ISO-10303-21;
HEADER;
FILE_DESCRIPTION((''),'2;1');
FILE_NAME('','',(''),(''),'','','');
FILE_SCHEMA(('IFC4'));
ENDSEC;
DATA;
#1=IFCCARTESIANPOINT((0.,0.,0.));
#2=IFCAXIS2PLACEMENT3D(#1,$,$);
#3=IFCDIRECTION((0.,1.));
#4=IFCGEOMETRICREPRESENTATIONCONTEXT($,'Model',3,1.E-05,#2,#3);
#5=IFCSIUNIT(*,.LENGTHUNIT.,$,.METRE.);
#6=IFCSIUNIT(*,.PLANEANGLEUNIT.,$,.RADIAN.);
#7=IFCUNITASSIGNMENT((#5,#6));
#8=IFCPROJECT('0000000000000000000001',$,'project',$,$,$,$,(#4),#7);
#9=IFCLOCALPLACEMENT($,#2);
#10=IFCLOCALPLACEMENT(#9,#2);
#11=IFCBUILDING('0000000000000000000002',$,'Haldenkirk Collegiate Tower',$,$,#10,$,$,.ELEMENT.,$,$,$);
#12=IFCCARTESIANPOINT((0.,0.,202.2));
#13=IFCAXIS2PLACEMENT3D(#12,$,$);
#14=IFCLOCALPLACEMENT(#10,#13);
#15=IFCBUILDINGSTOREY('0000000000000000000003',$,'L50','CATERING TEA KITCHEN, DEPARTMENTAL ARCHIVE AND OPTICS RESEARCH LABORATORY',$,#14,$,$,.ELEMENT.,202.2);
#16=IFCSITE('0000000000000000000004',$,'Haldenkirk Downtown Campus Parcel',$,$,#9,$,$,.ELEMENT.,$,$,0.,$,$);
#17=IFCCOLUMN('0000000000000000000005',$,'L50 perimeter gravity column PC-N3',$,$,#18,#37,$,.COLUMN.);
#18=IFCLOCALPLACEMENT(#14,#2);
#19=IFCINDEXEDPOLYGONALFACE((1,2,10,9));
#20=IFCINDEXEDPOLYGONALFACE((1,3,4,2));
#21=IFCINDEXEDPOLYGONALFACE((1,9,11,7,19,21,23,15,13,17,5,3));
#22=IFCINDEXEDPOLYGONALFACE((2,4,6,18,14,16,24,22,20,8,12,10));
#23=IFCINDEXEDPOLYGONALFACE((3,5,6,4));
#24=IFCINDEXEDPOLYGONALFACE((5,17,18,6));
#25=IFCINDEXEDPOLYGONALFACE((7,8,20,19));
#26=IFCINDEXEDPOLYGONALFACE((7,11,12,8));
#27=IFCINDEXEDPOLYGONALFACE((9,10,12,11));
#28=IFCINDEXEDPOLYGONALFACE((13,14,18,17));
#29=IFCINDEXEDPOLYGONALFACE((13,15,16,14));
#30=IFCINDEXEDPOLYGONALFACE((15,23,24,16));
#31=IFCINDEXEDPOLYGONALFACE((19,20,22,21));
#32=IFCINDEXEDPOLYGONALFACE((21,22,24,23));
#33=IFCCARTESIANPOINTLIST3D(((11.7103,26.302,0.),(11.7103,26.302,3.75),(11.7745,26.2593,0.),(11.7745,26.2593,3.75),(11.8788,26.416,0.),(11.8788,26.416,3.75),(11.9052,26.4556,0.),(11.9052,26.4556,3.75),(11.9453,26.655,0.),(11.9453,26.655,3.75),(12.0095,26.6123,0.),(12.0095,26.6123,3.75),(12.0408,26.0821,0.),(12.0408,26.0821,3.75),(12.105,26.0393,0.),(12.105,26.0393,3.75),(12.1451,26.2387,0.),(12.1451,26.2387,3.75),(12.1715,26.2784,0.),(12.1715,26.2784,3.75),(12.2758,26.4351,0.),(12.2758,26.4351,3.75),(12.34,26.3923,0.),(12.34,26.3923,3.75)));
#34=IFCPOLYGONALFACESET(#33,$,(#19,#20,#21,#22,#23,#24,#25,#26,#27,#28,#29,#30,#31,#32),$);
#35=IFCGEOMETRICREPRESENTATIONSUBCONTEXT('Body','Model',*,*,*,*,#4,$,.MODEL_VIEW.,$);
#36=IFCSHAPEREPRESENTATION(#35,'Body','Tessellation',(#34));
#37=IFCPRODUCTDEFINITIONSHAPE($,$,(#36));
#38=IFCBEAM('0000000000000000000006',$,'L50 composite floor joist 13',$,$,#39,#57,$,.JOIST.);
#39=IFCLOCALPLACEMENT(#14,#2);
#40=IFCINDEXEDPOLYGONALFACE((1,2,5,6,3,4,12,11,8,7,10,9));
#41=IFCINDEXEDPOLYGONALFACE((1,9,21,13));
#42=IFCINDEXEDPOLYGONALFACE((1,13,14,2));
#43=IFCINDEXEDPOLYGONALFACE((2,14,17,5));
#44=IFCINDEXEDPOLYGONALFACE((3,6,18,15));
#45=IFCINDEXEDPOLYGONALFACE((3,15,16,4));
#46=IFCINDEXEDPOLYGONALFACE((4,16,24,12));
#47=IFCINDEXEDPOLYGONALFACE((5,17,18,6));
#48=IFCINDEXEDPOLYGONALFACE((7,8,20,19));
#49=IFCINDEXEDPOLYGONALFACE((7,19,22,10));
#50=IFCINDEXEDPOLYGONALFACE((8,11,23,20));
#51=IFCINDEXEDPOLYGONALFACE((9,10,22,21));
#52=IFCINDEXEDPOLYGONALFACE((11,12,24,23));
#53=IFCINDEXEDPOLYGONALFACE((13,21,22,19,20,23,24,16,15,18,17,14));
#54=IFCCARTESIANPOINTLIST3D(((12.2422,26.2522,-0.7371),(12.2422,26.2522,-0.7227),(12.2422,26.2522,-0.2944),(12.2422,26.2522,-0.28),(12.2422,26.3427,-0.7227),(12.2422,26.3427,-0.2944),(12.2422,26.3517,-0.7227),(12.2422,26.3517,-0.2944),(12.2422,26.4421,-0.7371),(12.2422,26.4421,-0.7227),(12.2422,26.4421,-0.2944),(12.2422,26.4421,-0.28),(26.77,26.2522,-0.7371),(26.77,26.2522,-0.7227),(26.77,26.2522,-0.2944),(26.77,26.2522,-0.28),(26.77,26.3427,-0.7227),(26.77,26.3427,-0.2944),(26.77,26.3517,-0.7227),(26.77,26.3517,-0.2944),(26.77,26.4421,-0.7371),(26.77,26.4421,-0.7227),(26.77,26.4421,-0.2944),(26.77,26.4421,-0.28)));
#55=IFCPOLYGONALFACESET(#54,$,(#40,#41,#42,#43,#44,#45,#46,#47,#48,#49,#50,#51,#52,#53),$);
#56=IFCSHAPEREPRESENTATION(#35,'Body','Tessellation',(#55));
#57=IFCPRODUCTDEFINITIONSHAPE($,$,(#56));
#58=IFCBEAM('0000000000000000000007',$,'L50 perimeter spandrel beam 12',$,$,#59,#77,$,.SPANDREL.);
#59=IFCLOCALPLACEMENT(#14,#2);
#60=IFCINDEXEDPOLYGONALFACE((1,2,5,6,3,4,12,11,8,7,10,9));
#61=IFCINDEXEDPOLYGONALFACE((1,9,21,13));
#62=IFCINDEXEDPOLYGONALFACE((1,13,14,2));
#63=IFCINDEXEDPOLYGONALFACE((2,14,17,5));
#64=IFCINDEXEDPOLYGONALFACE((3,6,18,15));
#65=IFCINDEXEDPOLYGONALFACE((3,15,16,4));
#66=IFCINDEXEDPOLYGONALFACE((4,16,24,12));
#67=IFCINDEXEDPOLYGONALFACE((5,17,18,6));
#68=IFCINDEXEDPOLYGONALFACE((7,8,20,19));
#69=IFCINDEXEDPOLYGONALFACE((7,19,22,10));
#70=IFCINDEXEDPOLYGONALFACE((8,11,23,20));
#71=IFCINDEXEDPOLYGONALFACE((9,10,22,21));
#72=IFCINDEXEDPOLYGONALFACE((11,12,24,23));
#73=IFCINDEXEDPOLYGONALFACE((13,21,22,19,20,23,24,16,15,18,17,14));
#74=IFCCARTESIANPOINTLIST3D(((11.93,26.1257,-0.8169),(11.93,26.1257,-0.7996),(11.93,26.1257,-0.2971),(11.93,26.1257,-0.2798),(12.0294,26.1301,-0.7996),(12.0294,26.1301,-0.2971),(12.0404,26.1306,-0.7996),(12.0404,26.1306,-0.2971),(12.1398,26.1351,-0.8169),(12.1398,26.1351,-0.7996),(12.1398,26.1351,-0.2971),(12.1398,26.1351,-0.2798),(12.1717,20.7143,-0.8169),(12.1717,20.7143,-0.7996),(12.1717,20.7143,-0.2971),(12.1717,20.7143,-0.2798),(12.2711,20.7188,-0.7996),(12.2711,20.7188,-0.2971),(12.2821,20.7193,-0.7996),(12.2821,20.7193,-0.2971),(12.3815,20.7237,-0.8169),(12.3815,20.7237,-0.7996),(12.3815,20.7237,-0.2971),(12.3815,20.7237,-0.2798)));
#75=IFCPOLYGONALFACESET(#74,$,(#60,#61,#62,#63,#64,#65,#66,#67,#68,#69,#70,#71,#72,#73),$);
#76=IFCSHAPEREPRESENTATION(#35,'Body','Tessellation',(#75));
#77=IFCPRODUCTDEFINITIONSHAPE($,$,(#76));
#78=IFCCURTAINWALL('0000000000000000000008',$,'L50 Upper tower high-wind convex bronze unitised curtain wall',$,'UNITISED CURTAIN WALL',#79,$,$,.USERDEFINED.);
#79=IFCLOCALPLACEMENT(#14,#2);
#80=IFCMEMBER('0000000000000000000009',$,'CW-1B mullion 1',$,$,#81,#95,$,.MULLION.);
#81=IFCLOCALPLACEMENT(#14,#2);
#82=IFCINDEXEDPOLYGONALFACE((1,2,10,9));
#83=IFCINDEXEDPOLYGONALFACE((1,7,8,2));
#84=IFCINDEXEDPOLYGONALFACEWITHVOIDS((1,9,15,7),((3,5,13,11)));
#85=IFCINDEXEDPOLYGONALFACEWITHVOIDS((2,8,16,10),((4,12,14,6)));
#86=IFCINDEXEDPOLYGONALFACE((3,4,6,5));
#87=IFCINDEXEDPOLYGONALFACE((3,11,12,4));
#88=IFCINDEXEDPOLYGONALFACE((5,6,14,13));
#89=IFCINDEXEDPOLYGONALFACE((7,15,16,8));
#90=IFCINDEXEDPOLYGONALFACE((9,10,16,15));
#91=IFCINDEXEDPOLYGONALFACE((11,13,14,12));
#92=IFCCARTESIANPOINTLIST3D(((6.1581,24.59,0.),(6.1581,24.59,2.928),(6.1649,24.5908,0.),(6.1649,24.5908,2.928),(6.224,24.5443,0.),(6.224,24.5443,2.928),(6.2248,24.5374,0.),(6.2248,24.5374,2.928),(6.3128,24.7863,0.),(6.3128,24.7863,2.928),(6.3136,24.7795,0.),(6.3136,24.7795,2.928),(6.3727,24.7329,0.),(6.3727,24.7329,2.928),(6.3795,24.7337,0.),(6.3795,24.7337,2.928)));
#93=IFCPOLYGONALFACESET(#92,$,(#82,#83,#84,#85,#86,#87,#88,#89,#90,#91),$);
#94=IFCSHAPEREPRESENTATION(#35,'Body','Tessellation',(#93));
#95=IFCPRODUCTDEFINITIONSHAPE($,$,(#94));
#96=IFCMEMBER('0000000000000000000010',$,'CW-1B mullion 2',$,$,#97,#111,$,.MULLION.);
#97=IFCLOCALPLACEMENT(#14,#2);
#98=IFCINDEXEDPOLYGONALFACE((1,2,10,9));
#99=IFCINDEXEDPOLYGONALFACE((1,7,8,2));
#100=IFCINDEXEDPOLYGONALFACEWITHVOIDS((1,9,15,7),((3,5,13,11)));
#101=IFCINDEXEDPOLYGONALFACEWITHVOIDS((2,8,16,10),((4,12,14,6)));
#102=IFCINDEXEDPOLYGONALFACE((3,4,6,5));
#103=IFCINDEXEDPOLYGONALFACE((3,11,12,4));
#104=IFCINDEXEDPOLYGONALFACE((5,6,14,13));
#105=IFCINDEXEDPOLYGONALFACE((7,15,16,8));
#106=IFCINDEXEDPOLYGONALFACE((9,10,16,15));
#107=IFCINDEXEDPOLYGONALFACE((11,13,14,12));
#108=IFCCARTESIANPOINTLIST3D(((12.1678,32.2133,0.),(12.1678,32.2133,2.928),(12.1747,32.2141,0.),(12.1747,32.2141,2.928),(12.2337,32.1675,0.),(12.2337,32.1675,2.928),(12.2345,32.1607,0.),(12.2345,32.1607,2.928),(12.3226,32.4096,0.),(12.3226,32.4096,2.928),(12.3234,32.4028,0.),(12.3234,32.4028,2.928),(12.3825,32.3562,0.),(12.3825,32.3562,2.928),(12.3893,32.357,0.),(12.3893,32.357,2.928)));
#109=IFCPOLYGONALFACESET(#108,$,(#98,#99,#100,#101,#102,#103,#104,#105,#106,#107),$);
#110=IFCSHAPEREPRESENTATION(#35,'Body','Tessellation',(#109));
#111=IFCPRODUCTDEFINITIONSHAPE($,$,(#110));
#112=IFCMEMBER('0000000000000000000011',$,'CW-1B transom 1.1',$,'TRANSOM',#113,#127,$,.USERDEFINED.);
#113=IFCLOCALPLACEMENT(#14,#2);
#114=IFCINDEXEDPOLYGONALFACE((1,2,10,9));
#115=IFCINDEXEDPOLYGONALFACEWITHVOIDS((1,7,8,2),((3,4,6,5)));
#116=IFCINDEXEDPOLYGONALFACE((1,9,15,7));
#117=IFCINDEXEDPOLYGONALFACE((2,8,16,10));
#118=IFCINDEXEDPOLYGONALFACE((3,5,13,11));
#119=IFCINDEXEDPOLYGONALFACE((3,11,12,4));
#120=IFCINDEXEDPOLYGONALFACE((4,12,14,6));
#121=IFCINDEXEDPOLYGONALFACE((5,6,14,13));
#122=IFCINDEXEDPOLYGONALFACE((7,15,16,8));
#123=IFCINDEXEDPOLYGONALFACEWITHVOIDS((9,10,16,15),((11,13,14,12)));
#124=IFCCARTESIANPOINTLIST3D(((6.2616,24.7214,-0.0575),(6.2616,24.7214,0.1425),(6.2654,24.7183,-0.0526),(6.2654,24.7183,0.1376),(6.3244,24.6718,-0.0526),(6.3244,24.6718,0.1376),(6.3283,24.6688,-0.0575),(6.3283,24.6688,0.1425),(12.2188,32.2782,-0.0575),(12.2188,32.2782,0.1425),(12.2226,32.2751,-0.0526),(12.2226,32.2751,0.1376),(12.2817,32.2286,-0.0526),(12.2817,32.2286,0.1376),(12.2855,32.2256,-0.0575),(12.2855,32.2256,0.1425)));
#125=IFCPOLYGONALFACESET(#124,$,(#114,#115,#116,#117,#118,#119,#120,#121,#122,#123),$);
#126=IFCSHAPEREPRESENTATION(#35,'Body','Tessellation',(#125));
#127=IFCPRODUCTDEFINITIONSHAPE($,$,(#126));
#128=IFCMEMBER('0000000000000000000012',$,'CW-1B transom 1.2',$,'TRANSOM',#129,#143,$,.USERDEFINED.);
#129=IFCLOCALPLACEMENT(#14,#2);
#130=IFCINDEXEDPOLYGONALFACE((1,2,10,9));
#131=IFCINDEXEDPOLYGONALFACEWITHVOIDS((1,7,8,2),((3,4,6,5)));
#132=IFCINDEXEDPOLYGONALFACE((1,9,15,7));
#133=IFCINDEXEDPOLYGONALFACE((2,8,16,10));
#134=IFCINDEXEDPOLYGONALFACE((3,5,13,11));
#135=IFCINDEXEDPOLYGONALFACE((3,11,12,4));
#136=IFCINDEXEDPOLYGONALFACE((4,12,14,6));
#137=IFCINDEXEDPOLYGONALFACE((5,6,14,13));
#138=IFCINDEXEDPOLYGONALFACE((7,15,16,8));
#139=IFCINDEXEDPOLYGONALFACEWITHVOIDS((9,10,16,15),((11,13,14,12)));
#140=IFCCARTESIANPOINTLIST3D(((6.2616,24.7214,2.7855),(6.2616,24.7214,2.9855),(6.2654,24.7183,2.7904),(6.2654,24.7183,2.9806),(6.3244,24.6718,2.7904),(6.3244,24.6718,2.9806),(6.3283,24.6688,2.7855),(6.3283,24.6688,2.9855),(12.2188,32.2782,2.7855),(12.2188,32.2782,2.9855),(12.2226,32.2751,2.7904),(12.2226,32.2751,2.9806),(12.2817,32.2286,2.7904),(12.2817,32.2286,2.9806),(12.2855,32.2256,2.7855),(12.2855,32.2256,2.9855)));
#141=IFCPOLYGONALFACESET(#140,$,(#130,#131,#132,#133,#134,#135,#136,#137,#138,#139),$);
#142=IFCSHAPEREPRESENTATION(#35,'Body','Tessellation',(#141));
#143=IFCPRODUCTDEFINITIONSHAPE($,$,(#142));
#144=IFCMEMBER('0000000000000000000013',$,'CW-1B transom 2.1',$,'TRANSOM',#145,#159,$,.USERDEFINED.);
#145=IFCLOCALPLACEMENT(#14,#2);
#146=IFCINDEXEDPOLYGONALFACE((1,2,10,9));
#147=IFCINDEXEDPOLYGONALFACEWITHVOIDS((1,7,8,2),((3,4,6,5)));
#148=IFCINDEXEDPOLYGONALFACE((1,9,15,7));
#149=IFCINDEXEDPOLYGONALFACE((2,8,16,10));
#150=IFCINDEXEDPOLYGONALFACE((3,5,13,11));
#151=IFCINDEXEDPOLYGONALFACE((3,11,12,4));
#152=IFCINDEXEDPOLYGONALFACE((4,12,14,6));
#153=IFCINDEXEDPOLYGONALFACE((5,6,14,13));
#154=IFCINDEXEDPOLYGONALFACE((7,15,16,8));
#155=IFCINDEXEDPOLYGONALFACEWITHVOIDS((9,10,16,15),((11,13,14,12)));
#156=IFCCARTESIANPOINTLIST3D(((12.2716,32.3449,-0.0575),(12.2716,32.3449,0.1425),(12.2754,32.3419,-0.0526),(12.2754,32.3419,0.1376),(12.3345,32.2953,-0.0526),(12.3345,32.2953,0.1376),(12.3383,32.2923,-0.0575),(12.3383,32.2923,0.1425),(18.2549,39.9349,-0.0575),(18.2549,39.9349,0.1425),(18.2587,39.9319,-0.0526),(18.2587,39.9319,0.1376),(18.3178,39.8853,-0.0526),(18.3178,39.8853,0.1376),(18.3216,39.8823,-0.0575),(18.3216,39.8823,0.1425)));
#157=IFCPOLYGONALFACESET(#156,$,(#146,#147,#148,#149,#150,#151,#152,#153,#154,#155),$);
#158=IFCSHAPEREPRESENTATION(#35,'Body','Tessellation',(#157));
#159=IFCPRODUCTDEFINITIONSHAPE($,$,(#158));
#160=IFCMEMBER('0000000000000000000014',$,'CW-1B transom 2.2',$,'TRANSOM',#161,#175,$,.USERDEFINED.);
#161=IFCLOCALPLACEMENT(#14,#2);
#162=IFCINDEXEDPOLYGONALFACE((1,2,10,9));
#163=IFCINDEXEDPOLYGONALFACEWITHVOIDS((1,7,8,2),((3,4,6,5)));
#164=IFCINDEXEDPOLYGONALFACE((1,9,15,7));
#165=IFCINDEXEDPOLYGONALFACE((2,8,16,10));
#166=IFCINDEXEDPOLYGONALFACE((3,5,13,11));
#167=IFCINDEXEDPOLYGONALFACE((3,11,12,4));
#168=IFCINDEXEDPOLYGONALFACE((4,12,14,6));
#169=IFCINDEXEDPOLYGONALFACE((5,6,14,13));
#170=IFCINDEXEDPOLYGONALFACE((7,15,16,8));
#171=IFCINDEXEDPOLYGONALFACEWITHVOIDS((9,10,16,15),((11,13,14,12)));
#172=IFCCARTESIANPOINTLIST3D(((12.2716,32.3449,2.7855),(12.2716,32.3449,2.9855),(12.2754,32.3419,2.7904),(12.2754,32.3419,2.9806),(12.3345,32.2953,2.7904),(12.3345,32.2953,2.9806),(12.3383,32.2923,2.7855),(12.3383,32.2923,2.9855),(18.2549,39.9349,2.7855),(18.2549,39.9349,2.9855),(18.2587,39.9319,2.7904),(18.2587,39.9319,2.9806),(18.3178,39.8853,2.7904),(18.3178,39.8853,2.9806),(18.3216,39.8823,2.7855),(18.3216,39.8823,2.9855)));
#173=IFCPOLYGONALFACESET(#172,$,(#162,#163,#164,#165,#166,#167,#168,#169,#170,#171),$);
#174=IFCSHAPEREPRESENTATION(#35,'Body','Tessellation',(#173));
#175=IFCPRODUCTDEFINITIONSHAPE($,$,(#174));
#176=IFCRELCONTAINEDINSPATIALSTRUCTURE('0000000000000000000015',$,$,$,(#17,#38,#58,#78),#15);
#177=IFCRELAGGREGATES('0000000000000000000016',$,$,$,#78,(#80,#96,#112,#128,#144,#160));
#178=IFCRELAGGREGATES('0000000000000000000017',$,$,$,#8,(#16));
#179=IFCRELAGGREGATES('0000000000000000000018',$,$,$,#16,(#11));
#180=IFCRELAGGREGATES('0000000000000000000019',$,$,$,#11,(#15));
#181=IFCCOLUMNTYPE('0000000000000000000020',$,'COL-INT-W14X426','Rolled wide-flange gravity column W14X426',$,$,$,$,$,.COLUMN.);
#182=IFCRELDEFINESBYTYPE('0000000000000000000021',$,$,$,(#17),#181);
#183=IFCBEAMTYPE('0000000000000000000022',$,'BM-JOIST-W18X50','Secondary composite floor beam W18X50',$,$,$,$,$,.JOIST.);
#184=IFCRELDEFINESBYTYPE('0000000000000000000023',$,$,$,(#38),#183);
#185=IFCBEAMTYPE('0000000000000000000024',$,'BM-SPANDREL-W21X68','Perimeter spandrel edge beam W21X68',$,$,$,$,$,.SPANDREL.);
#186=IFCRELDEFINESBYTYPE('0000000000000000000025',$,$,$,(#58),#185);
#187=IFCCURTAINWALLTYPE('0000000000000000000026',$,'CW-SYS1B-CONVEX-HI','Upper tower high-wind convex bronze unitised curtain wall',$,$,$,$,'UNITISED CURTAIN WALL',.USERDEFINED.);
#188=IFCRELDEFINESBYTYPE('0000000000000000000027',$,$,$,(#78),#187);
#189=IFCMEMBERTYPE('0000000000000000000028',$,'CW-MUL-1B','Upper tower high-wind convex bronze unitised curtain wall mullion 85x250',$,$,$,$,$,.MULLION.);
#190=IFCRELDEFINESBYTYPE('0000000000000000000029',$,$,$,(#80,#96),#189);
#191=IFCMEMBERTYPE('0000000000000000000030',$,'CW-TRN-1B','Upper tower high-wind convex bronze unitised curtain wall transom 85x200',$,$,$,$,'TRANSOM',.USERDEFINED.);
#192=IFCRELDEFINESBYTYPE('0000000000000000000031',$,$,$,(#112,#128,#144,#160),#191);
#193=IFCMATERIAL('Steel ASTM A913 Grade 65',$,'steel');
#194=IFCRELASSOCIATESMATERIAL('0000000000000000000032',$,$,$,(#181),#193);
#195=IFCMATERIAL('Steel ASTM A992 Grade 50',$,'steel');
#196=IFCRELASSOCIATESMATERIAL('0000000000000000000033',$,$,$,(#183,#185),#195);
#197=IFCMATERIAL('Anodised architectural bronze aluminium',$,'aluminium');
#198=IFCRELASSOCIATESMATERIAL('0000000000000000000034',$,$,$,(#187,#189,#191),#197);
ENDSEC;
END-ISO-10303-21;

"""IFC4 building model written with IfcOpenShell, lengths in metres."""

from ifc_helpers import new_model, si_unit, direction, frame, origin, origin_2d, place, context, subcontext, project, spatial, hollow_rectangle, i_section, extrude, material, material_profile, profile_set, type_object, element, aggregate, save


model = new_model("IFC4")

# Units and contexts
model_context = context("Model", 3, precision=1e-05, world=origin(), true_north=direction((0.0, 1.0)))
body_context = subcontext(model_context, "Body", "Model", "MODEL_VIEW")
ifc_project = project(units=[si_unit("LENGTHUNIT", "METRE"), si_unit("PLANEANGLEUNIT", "RADIAN")], contexts=[model_context])

# Site, building, storey
site_placement = place(None, origin())
site = spatial("IfcSite", under=ifc_project, at=site_placement, Name="Haldenkirk Downtown Campus Parcel", CompositionType="ELEMENT", RefElevation=0.0)
building_placement = place(site_placement, origin())
building = spatial("IfcBuilding", under=site, at=building_placement, Name="Haldenkirk Collegiate Tower", CompositionType="ELEMENT")
storey_placement = place(building_placement, frame((0.0, 0.0, 202.2)))
storey = spatial("IfcBuildingStorey", under=building, at=storey_placement, Name="L50", Description="CATERING TEA KITCHEN, DEPARTMENTAL ARCHIVE AND OPTICS RESEARCH LABORATORY", CompositionType="ELEMENT", Elevation=202.2)

# Column
ifc_material_1 = material(Name="Steel ASTM A913 Grade 65", Category="steel")
ifc_material_profile_1 = material_profile(ifc_material_1, i_section(OverallWidth=0.4241, OverallDepth=0.4741, WebThickness=0.0476, FlangeThickness=0.0771, at=origin_2d()), Name="W14X426")
ifc_profile_set_1 = profile_set([ifc_material_profile_1], Name="Steel ASTM A913 Grade 65")
column_type = type_object("IfcColumnType", Name="COL-INT-W14X426", Description="Rolled wide-flange gravity column W14X426", PredefinedType="COLUMN", material=ifc_profile_set_1)
column_placement = place(storey_placement, frame((12.0251, 26.3472, 0.0), z_axis=(0.0, 0.0, 1.0), x_axis=(0.554118, 0.832438, 0.0)))
element("IfcColumn", 1, at=column_placement, inside=storey, type_object=column_type, Name="L50 perimeter gravity column PC-N3", PredefinedType="COLUMN", context=body_context, shape_type="SweptSolid", body=[
    extrude(i_section(OverallWidth=0.4241, OverallDepth=0.4741, WebThickness=0.0476, FlangeThickness=0.0771, at=origin_2d()), origin(), (0.0, 0.0, 1.0), 3.75),
])

# Beams
ifc_material_2 = material(Name="Steel ASTM A992 Grade 50", Category="steel")
ifc_material_profile_2 = material_profile(ifc_material_2, i_section(OverallWidth=0.1899, OverallDepth=0.457, WebThickness=0.009, FlangeThickness=0.0144, at=origin_2d()), Name="W18X50")
ifc_profile_set_2 = profile_set([ifc_material_profile_2], Name="Steel ASTM A992 Grade 50")
beam_type_1 = type_object("IfcBeamType", Name="BM-JOIST-W18X50", Description="Secondary composite floor beam W18X50", PredefinedType="JOIST", material=ifc_profile_set_2)
beam_1_placement = place(storey_placement, frame((12.2422, 26.3472, -0.5085), z_axis=(1.0, 0.0, 0.0), x_axis=(0.0, 1.0, 0.0)))
element("IfcBeam", 2, at=beam_1_placement, inside=storey, type_object=beam_type_1, Name="L50 composite floor joist 13", PredefinedType="JOIST", context=body_context, shape_type="SweptSolid", body=[
    extrude(i_section(OverallWidth=0.1899, OverallDepth=0.457, WebThickness=0.009, FlangeThickness=0.0144, at=origin_2d()), origin(), (0.0, 0.0, 1.0), 14.5278),
])
ifc_material_profile_3 = material_profile(ifc_material_2, i_section(OverallWidth=0.21, OverallDepth=0.5371, WebThickness=0.011, FlangeThickness=0.0173, at=origin_2d()), Name="W21X68")
ifc_profile_set_3 = profile_set([ifc_material_profile_3], Name="Steel ASTM A992 Grade 50")
beam_type_2 = type_object("IfcBeamType", Name="BM-SPANDREL-W21X68", Description="Perimeter spandrel edge beam W21X68", PredefinedType="SPANDREL", material=ifc_profile_set_3)
beam_2_placement = place(storey_placement, frame((12.0349, 26.1304, -0.5483), z_axis=(0.044621, -0.999004, 0.0), x_axis=(0.999004, 0.044621, 0.0)))
element("IfcBeam", 3, at=beam_2_placement, inside=storey, type_object=beam_type_2, Name="L50 perimeter spandrel beam 12", PredefinedType="SPANDREL", context=body_context, shape_type="SweptSolid", body=[
    extrude(i_section(OverallWidth=0.21, OverallDepth=0.5371, WebThickness=0.011, FlangeThickness=0.0173, at=origin_2d()), origin(), (0.0, 0.0, 1.0), 5.4167),
])

# Curtain wall, members
ifc_material_3 = material(Name="Anodised architectural bronze aluminium", Category="aluminium")
curtain_wall_type = type_object("IfcCurtainWallType", Name="CW-SYS1B-CONVEX-HI", Description="Upper tower high-wind convex bronze unitised curtain wall", ElementType="UNITISED CURTAIN WALL", PredefinedType="USERDEFINED", material=ifc_material_3)
curtain_wall_placement = place(storey_placement, origin())
curtain_wall = element("IfcCurtainWall", 4, at=curtain_wall_placement, inside=storey, type_object=curtain_wall_type, Name="L50 Upper tower high-wind convex bronze unitised curtain wall", ObjectType="UNITISED CURTAIN WALL", PredefinedType="USERDEFINED")
ifc_material_profile_4 = material_profile(ifc_material_3, hollow_rectangle(XDim=0.085, YDim=0.25, WallThickness=0.0049, at=origin_2d()), Name="CW-MUL-1B")
ifc_profile_set_4 = profile_set([ifc_material_profile_4], Name="Anodised architectural bronze aluminium")
member_type_1 = type_object("IfcMemberType", Name="CW-MUL-1B", Description="Upper tower high-wind convex bronze unitised curtain wall mullion 85x250", PredefinedType="MULLION", material=ifc_profile_set_4)
member_1_placement = place(storey_placement, frame((6.2688, 24.6619, 0.0), z_axis=(0.0, 0.0, 1.0), x_axis=(-0.785317, 0.619094, 0.0)))
member_1 = element("IfcMember", 5, at=member_1_placement, type_object=member_type_1, Name="CW-1B mullion 1", PredefinedType="MULLION", context=body_context, shape_type="SweptSolid", body=[
    extrude(hollow_rectangle(XDim=0.085, YDim=0.25, WallThickness=0.0049, at=origin_2d()), origin(), (0.0, 0.0, 1.0), 2.928),
])
member_2_placement = place(storey_placement, frame((12.2786, 32.2852, 0.0), z_axis=(0.0, 0.0, 1.0), x_axis=(-0.785317, 0.619094, 0.0)))
member_2 = element("IfcMember", 6, at=member_2_placement, type_object=member_type_1, Name="CW-1B mullion 2", PredefinedType="MULLION", context=body_context, shape_type="SweptSolid", body=[
    extrude(hollow_rectangle(XDim=0.085, YDim=0.25, WallThickness=0.0049, at=origin_2d()), origin(), (0.0, 0.0, 1.0), 2.928),
])
ifc_material_profile_5 = material_profile(ifc_material_3, hollow_rectangle(XDim=0.085, YDim=0.2, WallThickness=0.0049, at=origin_2d()), Name="CW-TRN-1B")
ifc_profile_set_5 = profile_set([ifc_material_profile_5], Name="Anodised architectural bronze aluminium")
member_type_2 = type_object("IfcMemberType", Name="CW-TRN-1B", Description="Upper tower high-wind convex bronze unitised curtain wall transom 85x200", ElementType="TRANSOM", PredefinedType="USERDEFINED", material=ifc_profile_set_5)
member_3_placement = place(storey_placement, frame((6.2949, 24.6951, 0.0425), z_axis=(0.619088, 0.785322, 0.0), x_axis=(-0.785322, 0.619088, 0.0)))
member_3 = element("IfcMember", 7, at=member_3_placement, type_object=member_type_2, Name="CW-1B transom 1.1", ObjectType="TRANSOM", PredefinedType="USERDEFINED", context=body_context, shape_type="SweptSolid", body=[
    extrude(hollow_rectangle(XDim=0.085, YDim=0.2, WallThickness=0.0049, at=origin_2d()), origin(), (0.0, 0.0, 1.0), 9.6226),
])
member_4_placement = place(storey_placement, frame((6.2949, 24.6951, 2.8855), z_axis=(0.619088, 0.785322, 0.0), x_axis=(-0.785322, 0.619088, 0.0)))
member_4 = element("IfcMember", 8, at=member_4_placement, type_object=member_type_2, Name="CW-1B transom 1.2", ObjectType="TRANSOM", PredefinedType="USERDEFINED", context=body_context, shape_type="SweptSolid", body=[
    extrude(hollow_rectangle(XDim=0.085, YDim=0.2, WallThickness=0.0049, at=origin_2d()), origin(), (0.0, 0.0, 1.0), 9.6226),
])
member_5_placement = place(storey_placement, frame((12.3049, 32.3186, 0.0425), z_axis=(0.619085, 0.785324, 0.0), x_axis=(-0.785324, 0.619085, 0.0)))
member_5 = element("IfcMember", 9, at=member_5_placement, type_object=member_type_2, Name="CW-1B transom 2.1", ObjectType="TRANSOM", PredefinedType="USERDEFINED", context=body_context, shape_type="SweptSolid", body=[
    extrude(hollow_rectangle(XDim=0.085, YDim=0.2, WallThickness=0.0049, at=origin_2d()), origin(), (0.0, 0.0, 1.0), 9.6648),
])
member_6_placement = place(storey_placement, frame((12.3049, 32.3186, 2.8855), z_axis=(0.619085, 0.785324, 0.0), x_axis=(-0.785324, 0.619085, 0.0)))
member_6 = element("IfcMember", 10, at=member_6_placement, type_object=member_type_2, Name="CW-1B transom 2.2", ObjectType="TRANSOM", PredefinedType="USERDEFINED", context=body_context, shape_type="SweptSolid", body=[
    extrude(hollow_rectangle(XDim=0.085, YDim=0.2, WallThickness=0.0049, at=origin_2d()), origin(), (0.0, 0.0, 1.0), 9.6648),
])
aggregate(curtain_wall, [member_1, member_2, member_3, member_4, member_5, member_6])

save(model, "model.ifc")
